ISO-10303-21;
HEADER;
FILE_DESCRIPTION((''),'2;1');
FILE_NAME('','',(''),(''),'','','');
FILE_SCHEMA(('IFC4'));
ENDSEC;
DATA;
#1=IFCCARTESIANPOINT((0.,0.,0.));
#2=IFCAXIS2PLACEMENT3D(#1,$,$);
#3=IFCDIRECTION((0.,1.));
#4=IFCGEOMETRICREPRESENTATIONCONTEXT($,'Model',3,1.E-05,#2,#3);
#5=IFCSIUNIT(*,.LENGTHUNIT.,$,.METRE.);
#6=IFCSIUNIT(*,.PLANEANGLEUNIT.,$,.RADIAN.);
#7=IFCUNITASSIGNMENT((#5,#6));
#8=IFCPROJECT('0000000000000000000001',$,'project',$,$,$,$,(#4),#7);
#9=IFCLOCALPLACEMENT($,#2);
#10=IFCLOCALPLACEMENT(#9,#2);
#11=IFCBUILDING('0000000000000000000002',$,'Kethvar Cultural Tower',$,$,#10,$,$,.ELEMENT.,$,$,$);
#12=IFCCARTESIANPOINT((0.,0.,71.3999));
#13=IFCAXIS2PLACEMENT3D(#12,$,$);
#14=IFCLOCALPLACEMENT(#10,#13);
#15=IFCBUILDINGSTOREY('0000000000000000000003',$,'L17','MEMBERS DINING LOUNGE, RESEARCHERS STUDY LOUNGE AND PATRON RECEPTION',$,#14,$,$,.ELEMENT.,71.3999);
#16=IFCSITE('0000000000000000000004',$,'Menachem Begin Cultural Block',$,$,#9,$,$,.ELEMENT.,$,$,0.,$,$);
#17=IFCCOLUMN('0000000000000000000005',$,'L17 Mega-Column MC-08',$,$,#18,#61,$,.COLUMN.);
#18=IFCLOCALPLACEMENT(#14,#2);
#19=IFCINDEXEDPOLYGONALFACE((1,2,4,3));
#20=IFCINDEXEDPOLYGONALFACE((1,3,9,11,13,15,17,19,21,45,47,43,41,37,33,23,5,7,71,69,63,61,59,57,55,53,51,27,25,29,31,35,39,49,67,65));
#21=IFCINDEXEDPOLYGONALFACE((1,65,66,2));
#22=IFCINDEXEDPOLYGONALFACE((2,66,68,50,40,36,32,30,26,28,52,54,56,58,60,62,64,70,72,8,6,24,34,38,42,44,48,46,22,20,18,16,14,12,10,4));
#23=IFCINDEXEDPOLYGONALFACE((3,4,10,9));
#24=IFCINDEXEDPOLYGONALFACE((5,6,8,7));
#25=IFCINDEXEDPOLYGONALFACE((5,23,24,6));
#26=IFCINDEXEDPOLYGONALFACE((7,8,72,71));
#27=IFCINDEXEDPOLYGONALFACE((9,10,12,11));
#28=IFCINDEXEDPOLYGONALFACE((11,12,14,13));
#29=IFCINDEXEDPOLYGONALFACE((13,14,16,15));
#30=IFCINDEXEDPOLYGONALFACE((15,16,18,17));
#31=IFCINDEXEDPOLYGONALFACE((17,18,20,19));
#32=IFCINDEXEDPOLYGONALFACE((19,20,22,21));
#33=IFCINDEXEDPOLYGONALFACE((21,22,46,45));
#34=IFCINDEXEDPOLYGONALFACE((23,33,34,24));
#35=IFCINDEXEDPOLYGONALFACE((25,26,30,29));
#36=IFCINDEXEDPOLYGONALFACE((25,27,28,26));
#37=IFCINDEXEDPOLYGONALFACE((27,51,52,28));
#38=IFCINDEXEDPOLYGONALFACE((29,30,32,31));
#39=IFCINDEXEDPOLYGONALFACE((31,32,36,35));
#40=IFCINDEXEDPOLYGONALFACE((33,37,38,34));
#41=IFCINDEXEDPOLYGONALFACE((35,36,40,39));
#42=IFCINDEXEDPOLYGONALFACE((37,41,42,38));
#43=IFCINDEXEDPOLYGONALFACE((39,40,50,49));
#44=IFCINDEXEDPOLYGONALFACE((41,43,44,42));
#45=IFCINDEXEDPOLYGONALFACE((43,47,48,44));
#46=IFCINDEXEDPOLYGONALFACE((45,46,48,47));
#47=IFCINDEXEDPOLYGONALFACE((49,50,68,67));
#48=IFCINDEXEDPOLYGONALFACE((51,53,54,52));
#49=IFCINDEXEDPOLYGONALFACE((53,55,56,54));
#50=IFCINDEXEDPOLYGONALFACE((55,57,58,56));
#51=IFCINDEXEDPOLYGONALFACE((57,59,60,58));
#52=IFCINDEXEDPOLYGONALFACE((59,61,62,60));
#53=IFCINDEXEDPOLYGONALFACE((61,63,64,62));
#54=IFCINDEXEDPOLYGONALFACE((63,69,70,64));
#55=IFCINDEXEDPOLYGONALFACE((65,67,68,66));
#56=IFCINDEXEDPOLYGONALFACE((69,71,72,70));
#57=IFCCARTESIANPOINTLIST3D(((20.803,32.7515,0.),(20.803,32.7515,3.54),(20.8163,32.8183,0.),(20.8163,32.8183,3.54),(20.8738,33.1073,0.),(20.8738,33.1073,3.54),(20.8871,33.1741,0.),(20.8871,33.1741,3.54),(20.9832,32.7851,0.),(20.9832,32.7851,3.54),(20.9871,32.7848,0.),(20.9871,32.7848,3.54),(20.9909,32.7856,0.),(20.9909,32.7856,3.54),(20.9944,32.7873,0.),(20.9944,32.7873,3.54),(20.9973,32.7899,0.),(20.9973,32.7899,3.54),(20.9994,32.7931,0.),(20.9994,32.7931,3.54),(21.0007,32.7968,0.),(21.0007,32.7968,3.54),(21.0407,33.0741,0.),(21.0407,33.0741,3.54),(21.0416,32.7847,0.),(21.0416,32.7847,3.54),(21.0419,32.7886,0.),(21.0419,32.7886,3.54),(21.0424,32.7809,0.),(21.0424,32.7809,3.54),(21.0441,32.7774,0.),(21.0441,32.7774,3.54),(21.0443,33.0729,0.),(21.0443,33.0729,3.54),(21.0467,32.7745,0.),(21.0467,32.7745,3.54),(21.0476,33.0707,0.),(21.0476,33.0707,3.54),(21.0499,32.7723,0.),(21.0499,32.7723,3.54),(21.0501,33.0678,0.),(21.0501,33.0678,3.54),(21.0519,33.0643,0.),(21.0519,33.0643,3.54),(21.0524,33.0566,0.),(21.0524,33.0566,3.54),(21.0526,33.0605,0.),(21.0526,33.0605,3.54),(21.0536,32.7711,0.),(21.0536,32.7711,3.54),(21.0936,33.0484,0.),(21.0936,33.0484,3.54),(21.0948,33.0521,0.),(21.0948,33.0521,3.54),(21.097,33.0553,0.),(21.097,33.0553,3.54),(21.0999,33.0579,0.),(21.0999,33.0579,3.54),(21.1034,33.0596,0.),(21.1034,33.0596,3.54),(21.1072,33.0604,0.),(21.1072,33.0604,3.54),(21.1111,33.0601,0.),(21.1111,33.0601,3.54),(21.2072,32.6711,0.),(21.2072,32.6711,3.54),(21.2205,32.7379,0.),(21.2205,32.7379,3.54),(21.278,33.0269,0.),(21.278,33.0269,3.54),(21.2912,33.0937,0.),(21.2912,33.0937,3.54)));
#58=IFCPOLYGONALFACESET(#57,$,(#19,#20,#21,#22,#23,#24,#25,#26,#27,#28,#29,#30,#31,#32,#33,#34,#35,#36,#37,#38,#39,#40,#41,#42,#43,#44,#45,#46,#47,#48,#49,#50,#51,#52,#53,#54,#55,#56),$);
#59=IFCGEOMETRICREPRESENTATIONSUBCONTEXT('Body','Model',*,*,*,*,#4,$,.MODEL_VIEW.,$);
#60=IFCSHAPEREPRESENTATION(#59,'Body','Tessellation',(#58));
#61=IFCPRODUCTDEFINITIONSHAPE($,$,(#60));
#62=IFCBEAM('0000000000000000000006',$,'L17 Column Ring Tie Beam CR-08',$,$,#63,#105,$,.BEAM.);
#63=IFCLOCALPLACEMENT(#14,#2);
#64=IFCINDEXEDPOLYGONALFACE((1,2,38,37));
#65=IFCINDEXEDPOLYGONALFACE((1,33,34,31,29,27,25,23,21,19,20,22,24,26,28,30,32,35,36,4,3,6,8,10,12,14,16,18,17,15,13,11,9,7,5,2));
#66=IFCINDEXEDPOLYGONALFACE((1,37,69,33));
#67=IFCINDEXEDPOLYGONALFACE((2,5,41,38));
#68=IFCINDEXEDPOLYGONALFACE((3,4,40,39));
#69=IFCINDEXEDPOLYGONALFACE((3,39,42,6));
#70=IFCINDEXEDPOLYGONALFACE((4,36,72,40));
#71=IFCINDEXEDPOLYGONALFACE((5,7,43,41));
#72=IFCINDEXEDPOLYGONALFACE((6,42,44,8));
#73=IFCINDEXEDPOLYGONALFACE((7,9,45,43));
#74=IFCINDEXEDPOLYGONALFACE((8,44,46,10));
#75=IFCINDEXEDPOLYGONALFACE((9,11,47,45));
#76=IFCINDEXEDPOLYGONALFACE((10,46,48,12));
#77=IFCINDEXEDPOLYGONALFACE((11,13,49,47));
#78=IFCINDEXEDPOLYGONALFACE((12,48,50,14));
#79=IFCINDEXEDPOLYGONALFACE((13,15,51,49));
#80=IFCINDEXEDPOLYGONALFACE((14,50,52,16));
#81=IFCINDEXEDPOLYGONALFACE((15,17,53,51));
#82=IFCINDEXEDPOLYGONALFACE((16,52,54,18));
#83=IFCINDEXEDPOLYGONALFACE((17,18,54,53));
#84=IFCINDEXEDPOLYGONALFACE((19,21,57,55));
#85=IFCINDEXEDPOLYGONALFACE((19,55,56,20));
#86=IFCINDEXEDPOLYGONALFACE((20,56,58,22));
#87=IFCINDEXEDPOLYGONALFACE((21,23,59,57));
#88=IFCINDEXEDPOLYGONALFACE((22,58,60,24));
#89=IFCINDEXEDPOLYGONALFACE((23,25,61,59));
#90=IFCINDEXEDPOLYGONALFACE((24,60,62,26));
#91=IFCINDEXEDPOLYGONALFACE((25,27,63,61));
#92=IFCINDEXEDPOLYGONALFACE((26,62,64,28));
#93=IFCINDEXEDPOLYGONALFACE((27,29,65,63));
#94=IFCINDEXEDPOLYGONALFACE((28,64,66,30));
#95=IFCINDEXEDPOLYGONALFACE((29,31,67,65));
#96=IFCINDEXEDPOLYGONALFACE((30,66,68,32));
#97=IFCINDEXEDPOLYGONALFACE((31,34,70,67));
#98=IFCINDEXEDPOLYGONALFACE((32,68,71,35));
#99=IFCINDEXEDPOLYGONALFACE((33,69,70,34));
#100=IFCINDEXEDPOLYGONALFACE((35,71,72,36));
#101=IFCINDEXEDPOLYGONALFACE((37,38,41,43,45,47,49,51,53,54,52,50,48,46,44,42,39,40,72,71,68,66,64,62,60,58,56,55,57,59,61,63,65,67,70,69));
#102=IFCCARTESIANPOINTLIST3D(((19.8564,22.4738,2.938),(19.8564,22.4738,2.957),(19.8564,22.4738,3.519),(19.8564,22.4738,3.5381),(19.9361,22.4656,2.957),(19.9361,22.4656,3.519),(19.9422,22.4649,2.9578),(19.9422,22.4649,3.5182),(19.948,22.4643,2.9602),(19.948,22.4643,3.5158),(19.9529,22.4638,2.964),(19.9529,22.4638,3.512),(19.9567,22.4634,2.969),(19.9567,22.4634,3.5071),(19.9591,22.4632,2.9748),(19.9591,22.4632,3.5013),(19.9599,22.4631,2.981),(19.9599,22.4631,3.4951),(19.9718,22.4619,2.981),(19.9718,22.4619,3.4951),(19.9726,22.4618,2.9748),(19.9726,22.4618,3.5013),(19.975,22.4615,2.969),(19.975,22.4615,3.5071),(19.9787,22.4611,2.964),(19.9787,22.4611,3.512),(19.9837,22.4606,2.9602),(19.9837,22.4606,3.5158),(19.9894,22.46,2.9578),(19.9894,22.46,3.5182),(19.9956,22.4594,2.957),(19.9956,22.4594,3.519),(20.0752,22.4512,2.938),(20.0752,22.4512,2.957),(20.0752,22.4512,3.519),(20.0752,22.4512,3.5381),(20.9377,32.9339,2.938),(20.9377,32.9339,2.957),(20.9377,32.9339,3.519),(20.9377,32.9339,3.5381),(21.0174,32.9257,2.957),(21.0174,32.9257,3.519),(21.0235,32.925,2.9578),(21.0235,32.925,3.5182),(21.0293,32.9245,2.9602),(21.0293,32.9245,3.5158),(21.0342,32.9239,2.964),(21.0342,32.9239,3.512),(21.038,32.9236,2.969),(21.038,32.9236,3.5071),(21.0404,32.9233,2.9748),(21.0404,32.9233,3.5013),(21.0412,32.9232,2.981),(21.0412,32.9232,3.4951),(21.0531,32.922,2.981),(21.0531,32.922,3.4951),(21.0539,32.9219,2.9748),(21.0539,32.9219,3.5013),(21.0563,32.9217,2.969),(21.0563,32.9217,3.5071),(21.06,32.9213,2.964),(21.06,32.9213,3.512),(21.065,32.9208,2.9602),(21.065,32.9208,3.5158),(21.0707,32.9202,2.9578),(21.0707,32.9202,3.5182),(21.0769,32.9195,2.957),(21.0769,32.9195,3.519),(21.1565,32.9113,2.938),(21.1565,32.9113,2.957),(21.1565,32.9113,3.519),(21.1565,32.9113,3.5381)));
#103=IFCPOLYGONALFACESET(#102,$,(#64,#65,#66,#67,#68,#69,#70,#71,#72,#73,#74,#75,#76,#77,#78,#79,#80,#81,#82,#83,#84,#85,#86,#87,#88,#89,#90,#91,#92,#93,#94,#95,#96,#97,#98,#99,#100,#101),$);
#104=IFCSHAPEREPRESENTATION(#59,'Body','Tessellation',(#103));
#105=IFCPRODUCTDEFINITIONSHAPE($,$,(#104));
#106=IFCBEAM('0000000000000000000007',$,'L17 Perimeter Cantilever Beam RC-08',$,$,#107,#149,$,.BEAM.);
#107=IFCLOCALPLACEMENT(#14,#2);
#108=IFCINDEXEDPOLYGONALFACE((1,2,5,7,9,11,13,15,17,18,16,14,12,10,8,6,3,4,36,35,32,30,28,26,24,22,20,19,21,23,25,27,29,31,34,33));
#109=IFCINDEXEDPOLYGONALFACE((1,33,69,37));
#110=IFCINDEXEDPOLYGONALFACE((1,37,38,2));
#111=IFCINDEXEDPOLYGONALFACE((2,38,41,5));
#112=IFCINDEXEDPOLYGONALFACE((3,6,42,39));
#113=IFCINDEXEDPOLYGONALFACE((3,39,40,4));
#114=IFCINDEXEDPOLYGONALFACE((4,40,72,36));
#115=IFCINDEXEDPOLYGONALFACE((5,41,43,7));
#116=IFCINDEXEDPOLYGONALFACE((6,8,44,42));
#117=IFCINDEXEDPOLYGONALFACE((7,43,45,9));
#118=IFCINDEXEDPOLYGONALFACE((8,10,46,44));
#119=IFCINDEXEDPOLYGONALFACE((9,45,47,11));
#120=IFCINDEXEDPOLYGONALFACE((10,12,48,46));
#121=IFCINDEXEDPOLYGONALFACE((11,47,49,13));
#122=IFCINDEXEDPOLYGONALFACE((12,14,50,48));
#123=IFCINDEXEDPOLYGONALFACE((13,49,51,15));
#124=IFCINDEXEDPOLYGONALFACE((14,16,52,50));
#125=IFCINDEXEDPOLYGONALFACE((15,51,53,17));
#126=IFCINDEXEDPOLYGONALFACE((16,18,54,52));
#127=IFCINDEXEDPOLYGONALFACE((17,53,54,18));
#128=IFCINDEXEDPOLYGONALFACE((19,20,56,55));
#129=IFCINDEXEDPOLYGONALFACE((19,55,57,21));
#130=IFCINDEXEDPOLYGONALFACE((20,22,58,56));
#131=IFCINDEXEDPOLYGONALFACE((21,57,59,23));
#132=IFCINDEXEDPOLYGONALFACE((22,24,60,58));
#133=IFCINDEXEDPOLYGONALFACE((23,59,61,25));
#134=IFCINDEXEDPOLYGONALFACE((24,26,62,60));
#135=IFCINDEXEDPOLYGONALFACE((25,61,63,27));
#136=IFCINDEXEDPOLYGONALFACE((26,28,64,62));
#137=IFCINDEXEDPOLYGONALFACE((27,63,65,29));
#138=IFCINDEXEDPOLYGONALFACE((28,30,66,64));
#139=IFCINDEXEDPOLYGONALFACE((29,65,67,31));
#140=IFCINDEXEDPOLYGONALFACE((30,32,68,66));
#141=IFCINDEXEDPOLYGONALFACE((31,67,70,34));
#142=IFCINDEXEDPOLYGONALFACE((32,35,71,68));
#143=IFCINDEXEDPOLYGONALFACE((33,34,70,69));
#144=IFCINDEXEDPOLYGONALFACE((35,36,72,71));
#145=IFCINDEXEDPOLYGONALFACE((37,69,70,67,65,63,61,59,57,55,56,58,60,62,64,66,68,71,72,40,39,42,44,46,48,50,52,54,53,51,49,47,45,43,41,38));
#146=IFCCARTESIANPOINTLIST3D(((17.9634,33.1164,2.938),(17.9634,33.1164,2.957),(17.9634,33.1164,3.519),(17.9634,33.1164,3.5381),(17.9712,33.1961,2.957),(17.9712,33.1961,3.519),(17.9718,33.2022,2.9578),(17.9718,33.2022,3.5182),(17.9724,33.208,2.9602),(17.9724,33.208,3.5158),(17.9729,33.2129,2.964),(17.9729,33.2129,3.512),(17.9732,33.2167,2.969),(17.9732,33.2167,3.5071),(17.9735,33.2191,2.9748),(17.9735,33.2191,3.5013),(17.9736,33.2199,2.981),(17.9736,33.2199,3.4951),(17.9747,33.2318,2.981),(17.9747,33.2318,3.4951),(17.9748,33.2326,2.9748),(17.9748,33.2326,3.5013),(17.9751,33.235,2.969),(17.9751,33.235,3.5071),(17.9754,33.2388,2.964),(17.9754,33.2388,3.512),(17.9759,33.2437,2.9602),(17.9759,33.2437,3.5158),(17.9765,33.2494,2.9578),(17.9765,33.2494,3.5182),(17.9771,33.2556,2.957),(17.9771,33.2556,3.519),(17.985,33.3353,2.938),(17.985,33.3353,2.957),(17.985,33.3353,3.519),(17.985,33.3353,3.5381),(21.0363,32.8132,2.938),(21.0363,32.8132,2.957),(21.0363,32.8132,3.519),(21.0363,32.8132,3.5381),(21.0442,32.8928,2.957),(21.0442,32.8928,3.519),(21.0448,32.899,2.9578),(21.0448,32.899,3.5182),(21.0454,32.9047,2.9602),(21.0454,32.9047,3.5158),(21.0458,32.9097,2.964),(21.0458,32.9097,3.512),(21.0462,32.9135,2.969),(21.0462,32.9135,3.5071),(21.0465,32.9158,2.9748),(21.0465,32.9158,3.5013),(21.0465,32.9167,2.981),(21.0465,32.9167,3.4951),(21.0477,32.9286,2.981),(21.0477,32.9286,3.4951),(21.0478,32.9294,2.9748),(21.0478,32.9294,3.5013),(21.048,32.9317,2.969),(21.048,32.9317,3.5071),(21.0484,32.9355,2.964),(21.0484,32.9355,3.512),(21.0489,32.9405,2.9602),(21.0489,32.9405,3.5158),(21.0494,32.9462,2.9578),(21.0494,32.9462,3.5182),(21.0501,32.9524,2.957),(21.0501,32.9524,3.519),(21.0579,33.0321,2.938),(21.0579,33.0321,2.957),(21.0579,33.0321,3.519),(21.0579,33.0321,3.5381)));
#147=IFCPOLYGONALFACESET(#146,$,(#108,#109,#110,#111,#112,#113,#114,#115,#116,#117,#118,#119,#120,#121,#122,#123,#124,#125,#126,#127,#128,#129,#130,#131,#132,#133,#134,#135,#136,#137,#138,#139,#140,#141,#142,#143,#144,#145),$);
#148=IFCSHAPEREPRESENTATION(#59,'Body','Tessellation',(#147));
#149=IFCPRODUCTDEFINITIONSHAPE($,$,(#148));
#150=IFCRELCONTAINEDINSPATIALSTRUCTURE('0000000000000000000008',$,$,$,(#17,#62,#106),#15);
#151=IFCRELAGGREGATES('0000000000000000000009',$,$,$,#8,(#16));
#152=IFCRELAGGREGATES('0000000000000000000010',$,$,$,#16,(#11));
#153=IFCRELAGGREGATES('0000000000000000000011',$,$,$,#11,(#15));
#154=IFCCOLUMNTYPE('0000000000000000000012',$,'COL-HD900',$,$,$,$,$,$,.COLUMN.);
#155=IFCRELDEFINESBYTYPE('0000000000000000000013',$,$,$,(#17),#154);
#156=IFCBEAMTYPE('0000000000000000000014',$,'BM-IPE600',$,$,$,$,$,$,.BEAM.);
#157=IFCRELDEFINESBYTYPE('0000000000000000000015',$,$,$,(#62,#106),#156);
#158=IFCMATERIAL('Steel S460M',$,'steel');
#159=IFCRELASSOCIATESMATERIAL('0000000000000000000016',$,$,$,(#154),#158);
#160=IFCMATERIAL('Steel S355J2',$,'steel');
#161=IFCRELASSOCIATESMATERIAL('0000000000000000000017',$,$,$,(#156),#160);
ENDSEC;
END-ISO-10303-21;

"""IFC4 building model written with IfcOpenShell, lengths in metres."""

from ifc_helpers import new_model, si_unit, direction, frame, origin, origin_2d, place, context, subcontext, project, spatial, i_section, extrude, source, transform, mapped, material, material_profile, profile_set, type_object, element, save


model = new_model("IFC4")

# Units and contexts
model_context = context("Model", 3, precision=1e-05, world=origin(), true_north=direction((0.0, 1.0)))
body_context = subcontext(model_context, "Body", "Model", "MODEL_VIEW")
ifc_project = project(units=[si_unit("LENGTHUNIT", "METRE"), si_unit("PLANEANGLEUNIT", "RADIAN")], contexts=[model_context])

# Site, building, storey
site_placement = place(None, origin())
site = spatial("IfcSite", under=ifc_project, at=site_placement, Name="Menachem Begin Cultural Block", CompositionType="ELEMENT", RefElevation=0.0)
building_placement = place(site_placement, origin())
building = spatial("IfcBuilding", under=site, at=building_placement, Name="Kethvar Cultural Tower", CompositionType="ELEMENT")
storey_placement = place(building_placement, frame((0.0, 0.0, 71.3999)))
storey = spatial("IfcBuildingStorey", under=building, at=storey_placement, Name="L17", Description="MEMBERS DINING LOUNGE, RESEARCHERS STUDY LOUNGE AND PATRON RECEPTION", CompositionType="ELEMENT", Elevation=71.3999)

# Column
ifc_material_1 = material(Name="Steel S460M", Category="steel")
ifc_material_profile_1 = material_profile(ifc_material_1, i_section(OverallWidth=0.4121, OverallDepth=0.4309, WebThickness=0.042, FlangeThickness=0.0681, FilletRadius=0.0149, at=origin_2d()), Name="Steel S460M — HD400x900")
ifc_profile_set_1 = profile_set([ifc_material_profile_1], Name="Steel S460M — HD400x900")
column_type = type_object("IfcColumnType", Name="COL-HD900", PredefinedType="COLUMN", material=ifc_profile_set_1)
shared_shape_1 = source(origin(), body_context, "Body", "SweptSolid", [
    extrude(i_section(OverallWidth=0.4121, OverallDepth=0.4309, WebThickness=0.042, FlangeThickness=0.0681, FilletRadius=0.0149, at=origin_2d()), origin(), (0.0, 0.0, 1.0), 3.54),
])
column_placement = place(storey_placement, frame((21.0471, 32.9226, 0.0), z_axis=(0.0, 0.0, 1.0), x_axis=(-0.980785, 0.19509, 0.0)))
element("IfcColumn", 1, at=column_placement, inside=storey, type_object=column_type, Name="L17 Mega-Column MC-08", PredefinedType="COLUMN", context=body_context, shape_type="MappedRepresentation", body=[
    mapped(shared_shape_1, transform((0.0, 0.0, 0.0), scale=1.0)),
])

# Beams
ifc_material_2 = material(Name="Steel S355J2", Category="steel")
ifc_material_profile_2 = material_profile(ifc_material_2, i_section(OverallWidth=0.22, OverallDepth=0.6001, WebThickness=0.012, FlangeThickness=0.019, FilletRadius=0.0239, at=origin_2d()), Name="Steel S355J2 — IPE600")
ifc_profile_set_2 = profile_set([ifc_material_profile_2], Name="Steel S355J2 — IPE600")
beam_type_1 = type_object("IfcBeamType", Name="BM-IPE600", PredefinedType="BEAM", material=ifc_profile_set_2)
shared_shape_2 = source(origin(), body_context, "Body", "SweptSolid", [
    extrude(i_section(OverallWidth=0.22, OverallDepth=0.6001, WebThickness=0.012, FlangeThickness=0.019, FilletRadius=0.0239, at=origin_2d()), origin(), (0.0, 0.0, 1.0), 10.5159),
])
beam_1_placement = place(storey_placement, frame((21.0471, 32.9226, 3.238), z_axis=(-0.102825, -0.994699, 0.0), x_axis=(0.994699, -0.102825, 0.0)))
element("IfcBeam", 2, at=beam_1_placement, inside=storey, type_object=beam_type_1, Name="L17 Column Ring Tie Beam CR-08", PredefinedType="BEAM", context=body_context, shape_type="MappedRepresentation", body=[
    mapped(shared_shape_2, transform((0.0, 0.0, 0.0), scale=1.0)),
])
shared_shape_3 = source(origin(), body_context, "Body", "SweptSolid", [
    extrude(i_section(OverallWidth=0.22, OverallDepth=0.6001, WebThickness=0.012, FlangeThickness=0.019, FilletRadius=0.0239, at=origin_2d()), origin(), (0.0, 0.0, 1.0), 3.0879),
])
beam_2_placement = place(storey_placement, frame((21.0471, 32.9226, 3.238), z_axis=(-0.995167, 0.098196, 0.0), x_axis=(-0.098196, -0.995167, 0.0)))
element("IfcBeam", 3, at=beam_2_placement, inside=storey, type_object=beam_type_1, Name="L17 Perimeter Cantilever Beam RC-08", PredefinedType="BEAM", context=body_context, shape_type="MappedRepresentation", body=[
    mapped(shared_shape_3, transform((0.0, 0.0, 0.0), scale=1.0)),
])

save(model, "model.ifc")
